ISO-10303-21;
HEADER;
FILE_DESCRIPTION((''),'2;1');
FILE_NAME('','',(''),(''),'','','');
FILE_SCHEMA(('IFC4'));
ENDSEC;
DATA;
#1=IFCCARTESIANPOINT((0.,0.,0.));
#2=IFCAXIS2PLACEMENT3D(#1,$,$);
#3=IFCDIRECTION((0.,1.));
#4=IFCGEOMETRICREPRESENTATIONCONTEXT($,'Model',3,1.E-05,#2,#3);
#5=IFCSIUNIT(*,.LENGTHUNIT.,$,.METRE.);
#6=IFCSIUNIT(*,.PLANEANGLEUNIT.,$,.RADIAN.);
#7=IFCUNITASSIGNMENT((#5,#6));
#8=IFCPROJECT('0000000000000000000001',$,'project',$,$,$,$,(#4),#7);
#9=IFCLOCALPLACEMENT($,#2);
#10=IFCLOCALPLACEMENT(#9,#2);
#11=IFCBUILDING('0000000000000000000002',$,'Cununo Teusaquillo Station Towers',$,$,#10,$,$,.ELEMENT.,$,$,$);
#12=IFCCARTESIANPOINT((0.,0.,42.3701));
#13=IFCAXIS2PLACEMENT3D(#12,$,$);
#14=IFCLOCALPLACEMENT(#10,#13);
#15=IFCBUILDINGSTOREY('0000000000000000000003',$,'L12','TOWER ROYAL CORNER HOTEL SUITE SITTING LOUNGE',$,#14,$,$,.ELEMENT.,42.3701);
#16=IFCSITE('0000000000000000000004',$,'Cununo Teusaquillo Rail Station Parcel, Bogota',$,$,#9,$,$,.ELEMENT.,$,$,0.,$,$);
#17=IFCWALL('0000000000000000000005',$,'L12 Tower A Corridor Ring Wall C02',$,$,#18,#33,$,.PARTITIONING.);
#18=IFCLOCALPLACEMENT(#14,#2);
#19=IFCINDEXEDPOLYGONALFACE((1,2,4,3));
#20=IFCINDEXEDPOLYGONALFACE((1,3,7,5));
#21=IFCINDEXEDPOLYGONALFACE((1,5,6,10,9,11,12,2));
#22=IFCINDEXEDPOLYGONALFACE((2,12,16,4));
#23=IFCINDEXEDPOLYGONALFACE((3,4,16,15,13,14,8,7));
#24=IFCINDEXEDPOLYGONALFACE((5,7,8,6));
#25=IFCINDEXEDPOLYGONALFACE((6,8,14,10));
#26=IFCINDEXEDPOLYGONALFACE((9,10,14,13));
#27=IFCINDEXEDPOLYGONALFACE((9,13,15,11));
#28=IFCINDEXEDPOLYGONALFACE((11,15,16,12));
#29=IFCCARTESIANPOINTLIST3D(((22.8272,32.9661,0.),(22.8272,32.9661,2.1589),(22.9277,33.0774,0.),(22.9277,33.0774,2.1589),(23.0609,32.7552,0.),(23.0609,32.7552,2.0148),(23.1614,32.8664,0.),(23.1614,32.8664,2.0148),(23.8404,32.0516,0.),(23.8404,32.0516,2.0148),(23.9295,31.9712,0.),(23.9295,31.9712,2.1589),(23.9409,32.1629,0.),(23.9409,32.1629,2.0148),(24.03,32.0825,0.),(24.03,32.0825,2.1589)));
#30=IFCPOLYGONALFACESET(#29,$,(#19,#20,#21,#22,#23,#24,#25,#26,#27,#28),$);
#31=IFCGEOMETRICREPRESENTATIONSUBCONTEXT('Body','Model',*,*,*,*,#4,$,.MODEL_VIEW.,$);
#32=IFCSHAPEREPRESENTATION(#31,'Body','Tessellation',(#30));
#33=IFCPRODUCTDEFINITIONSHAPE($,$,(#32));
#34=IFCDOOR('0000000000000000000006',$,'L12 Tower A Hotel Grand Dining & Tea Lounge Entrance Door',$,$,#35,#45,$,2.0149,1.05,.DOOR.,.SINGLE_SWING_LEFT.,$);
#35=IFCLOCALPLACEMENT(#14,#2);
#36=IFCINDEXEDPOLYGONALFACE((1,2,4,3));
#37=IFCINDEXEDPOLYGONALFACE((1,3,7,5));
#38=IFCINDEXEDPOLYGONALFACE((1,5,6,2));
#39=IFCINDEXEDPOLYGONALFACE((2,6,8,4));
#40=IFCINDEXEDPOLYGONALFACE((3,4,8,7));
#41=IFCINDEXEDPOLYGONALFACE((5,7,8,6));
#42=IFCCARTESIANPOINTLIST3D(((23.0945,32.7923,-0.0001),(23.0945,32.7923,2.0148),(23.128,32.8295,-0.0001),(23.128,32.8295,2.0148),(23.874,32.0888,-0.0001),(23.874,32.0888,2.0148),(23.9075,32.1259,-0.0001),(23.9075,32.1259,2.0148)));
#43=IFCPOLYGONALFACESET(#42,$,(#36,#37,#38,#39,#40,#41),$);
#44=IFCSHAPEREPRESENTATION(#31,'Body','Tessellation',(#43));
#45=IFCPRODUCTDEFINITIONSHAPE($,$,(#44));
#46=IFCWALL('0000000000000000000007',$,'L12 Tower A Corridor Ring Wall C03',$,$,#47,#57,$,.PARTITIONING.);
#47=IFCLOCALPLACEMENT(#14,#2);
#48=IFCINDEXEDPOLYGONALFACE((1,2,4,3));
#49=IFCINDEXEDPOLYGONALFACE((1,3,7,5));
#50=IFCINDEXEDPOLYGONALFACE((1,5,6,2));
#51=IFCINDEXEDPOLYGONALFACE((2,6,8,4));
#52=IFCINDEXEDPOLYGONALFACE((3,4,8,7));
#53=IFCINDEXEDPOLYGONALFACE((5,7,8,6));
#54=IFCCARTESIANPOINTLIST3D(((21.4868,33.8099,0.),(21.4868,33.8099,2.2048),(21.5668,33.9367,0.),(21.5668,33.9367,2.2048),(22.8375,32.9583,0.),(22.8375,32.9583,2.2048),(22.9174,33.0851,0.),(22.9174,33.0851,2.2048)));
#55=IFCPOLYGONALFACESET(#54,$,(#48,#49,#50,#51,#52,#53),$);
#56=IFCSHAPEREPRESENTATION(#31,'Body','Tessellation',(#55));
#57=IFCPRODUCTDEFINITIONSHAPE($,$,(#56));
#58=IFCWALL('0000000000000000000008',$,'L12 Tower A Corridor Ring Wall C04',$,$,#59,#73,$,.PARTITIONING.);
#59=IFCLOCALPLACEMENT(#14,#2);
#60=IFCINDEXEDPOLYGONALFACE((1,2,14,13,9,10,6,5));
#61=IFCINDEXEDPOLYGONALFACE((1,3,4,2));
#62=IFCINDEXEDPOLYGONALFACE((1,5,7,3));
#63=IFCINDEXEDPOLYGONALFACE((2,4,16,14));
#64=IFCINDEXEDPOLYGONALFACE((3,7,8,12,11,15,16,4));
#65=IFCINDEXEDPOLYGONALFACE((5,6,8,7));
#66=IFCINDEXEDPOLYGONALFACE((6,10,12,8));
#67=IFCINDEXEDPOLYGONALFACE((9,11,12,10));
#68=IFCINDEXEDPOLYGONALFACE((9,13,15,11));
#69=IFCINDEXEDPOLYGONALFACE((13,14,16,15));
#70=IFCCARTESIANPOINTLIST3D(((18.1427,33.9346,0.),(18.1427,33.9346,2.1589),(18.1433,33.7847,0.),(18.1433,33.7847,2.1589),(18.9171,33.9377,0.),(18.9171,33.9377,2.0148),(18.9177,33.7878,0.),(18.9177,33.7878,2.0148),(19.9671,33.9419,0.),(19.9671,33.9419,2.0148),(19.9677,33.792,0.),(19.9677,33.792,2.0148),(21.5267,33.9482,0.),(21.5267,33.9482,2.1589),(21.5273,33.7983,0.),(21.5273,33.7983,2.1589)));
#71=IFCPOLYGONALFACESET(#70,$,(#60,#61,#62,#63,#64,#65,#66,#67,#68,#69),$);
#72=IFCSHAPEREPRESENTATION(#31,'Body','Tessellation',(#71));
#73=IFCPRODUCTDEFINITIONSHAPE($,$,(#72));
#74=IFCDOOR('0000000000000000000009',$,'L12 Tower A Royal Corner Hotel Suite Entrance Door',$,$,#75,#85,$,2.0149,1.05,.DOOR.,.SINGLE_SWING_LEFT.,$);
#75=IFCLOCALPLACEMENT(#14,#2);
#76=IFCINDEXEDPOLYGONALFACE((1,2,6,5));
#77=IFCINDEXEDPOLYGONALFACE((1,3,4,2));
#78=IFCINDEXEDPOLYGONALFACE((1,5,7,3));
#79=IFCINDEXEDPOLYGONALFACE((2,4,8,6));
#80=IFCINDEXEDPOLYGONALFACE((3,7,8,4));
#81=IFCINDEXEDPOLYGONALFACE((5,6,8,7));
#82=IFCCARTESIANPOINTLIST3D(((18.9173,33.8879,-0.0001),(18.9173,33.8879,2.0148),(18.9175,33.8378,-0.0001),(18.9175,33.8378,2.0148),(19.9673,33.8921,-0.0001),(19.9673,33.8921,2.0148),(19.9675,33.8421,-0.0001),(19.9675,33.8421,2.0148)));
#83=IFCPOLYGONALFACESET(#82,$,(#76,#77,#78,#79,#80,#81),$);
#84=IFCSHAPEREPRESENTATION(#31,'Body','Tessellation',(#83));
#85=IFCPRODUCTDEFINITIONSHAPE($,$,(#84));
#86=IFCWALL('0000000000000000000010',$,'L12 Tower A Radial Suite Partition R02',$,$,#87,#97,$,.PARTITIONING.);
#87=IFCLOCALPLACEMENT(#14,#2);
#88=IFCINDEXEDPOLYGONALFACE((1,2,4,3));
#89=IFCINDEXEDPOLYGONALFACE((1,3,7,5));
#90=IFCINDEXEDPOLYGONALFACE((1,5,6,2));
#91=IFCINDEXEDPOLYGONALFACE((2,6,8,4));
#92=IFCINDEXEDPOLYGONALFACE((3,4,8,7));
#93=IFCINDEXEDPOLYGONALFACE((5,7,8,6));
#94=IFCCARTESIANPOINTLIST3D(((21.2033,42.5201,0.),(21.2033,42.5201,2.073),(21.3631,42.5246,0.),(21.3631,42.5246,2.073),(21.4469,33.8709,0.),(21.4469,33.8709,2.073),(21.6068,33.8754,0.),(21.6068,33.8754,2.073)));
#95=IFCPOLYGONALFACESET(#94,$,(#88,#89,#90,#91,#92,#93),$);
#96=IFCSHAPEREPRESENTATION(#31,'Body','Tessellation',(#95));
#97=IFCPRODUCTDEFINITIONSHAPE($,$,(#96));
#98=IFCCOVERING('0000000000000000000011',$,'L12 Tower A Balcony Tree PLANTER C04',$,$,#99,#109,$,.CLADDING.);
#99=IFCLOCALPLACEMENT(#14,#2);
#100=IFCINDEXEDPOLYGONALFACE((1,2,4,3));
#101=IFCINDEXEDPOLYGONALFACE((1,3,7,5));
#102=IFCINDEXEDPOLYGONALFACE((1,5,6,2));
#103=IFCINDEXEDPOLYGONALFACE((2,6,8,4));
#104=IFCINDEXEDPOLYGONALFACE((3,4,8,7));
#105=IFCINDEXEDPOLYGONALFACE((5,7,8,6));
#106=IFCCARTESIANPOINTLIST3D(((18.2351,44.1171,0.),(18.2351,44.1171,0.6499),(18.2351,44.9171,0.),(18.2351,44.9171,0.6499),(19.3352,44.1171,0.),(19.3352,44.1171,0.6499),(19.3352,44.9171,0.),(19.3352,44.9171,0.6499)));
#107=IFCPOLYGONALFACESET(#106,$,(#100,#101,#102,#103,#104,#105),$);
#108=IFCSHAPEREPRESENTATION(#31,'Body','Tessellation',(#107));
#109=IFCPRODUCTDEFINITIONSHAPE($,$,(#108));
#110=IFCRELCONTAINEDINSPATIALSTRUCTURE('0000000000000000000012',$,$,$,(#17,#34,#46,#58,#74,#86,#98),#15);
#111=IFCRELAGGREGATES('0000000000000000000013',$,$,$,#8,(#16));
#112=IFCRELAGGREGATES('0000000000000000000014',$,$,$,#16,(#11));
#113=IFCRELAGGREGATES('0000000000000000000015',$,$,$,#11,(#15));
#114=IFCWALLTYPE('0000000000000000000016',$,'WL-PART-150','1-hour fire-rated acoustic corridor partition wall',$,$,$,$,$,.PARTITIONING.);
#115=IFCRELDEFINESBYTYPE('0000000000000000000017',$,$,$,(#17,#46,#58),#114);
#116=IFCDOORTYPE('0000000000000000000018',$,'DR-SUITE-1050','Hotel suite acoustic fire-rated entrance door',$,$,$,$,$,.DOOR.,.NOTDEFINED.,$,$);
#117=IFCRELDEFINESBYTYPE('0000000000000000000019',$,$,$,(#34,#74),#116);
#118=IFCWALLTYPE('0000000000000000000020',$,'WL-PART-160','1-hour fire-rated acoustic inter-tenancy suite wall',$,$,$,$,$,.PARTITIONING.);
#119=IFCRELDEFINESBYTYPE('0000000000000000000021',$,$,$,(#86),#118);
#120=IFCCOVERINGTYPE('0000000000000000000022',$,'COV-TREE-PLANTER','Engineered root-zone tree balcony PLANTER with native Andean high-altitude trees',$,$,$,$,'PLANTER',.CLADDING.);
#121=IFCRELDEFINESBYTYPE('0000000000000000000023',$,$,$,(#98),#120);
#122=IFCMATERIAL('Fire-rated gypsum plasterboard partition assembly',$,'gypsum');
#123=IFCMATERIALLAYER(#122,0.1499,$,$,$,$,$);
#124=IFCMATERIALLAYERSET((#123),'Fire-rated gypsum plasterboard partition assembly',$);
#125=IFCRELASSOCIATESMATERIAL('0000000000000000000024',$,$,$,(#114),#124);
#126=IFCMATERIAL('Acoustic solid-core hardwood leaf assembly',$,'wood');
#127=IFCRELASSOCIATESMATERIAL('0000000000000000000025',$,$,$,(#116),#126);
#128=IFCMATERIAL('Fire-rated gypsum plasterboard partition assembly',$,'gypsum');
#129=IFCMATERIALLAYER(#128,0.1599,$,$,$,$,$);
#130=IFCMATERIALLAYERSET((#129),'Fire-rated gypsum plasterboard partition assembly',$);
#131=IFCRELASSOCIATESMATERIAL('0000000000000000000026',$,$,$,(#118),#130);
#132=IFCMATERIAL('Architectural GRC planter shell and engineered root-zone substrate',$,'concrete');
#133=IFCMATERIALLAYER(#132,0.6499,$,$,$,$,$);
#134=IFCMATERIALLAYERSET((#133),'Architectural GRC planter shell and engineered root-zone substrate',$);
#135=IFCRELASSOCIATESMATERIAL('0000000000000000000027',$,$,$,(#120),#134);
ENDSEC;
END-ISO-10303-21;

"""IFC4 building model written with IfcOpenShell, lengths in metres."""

from ifc_helpers import new_model, si_unit, direction, frame, frame_2d, origin, origin_2d, place, context, subcontext, project, spatial, rectangle, extrude, source, transform, mapped, material, layer, layer_set, type_object, element, fill, save


model = new_model("IFC4")

# Units and contexts
model_context = context("Model", 3, precision=1e-05, world=origin(), true_north=direction((0.0, 1.0)))
body_context = subcontext(model_context, "Body", "Model", "MODEL_VIEW")
ifc_project = project(units=[si_unit("LENGTHUNIT", "METRE"), si_unit("PLANEANGLEUNIT", "RADIAN")], contexts=[model_context])

# Site, building, storey
site_placement = place(None, origin())
site = spatial("IfcSite", under=ifc_project, at=site_placement, Name="Cununo Teusaquillo Rail Station Parcel, Bogota", CompositionType="ELEMENT", RefElevation=0.0)
building_placement = place(site_placement, origin())
building = spatial("IfcBuilding", under=site, at=building_placement, Name="Cununo Teusaquillo Station Towers", CompositionType="ELEMENT")
storey_placement = place(building_placement, frame((0.0, 0.0, 42.3701)))
storey = spatial("IfcBuildingStorey", under=building, at=storey_placement, Name="L12", Description="TOWER ROYAL CORNER HOTEL SUITE SITTING LOUNGE", CompositionType="ELEMENT", Elevation=42.3701)

# Shared definitions
ifc_material_1 = material(Name="Fire-rated gypsum plasterboard partition assembly", Category="gypsum")
ifc_layer_1 = layer(ifc_material_1, 0.1499)
ifc_layer_set_1 = layer_set([ifc_layer_1], Name="Fire-rated gypsum plasterboard partition assembly")
wall_type_1 = type_object("IfcWallType", Name="WL-PART-150", Description="1-hour fire-rated acoustic corridor partition wall", PredefinedType="PARTITIONING", material=ifc_layer_set_1)

# Wall, opening, door
wall_1_placement = place(storey_placement, frame((23.9797, 32.0269, 0.0), z_axis=(0.0, 0.0, 1.0), x_axis=(-0.742353, 0.670009, 0.0)))
wall_1 = element("IfcWall", 1, at=wall_1_placement, inside=storey, type_object=wall_type_1, Name="L12 Tower A Corridor Ring Wall C02", PredefinedType="PARTITIONING", context=body_context, shape_type="SweptSolid", body=[
    extrude(rectangle(XDim=1.4849, YDim=0.1499, at=frame_2d((0.7424, 0.0))), origin(), (0.0, 0.0, 1.0), 2.1589),
])
shared_shape_1 = source(origin(), body_context, "Body", "SweptSolid", [
    extrude(rectangle(XDim=1.05, YDim=2.0149, at=frame_2d((0.5249, 1.0073))), frame((0.0, 0.085, 0.0), z_axis=(0.0, -1.0, 0.0), x_axis=(1.0, 0.0, 0.0)), (0.0, 0.0, 1.0), 0.1699),
])
opening_1_placement = place(wall_1_placement, frame((0.1201, 0.0, 0.0)))
opening_1 = element("IfcOpeningElement", 2, at=opening_1_placement, cuts=wall_1, PredefinedType="OPENING", context=body_context, shape_type="MappedRepresentation", body=[
    mapped(shared_shape_1, transform((0.0, 0.0, 0.0), x_axis=(1.0, 0.0, 0.0), y_axis=(0.0, 1.0, 0.0), z_axis=(0.0, 0.0, 1.0), scale=1.0)),
])
ifc_material_2 = material(Name="Acoustic solid-core hardwood leaf assembly", Category="wood")
door_type = type_object("IfcDoorType", Name="DR-SUITE-1050", Description="Hotel suite acoustic fire-rated entrance door", OperationType="NOTDEFINED", PredefinedType="DOOR", material=ifc_material_2)
shared_shape_2 = source(origin(), body_context, "Body", "SweptSolid", [
    extrude(rectangle(XDim=1.05, YDim=2.0149, at=frame_2d((0.5249, 1.0073))), frame((0.0, 0.0249, 0.0), z_axis=(0.0, -1.0, 0.0), x_axis=(1.0, 0.0, 0.0)), (0.0, 0.0, 1.0), 0.05),
])
door_1_placement = place(opening_1_placement, origin())
door_1 = element("IfcDoor", 3, at=door_1_placement, inside=storey, type_object=door_type, Name="L12 Tower A Hotel Grand Dining & Tea Lounge Entrance Door", OperationType="SINGLE_SWING_LEFT", OverallHeight=2.0149, OverallWidth=1.05, PredefinedType="DOOR", context=body_context, shape_type="MappedRepresentation", body=[
    mapped(shared_shape_2, transform((0.0, 0.0, 0.0), x_axis=(1.0, 0.0, 0.0), y_axis=(0.0, 1.0, 0.0), z_axis=(0.0, 0.0, 1.0), scale=1.0)),
])
fill(opening_1, door_1)

# Wall
wall_2_placement = place(storey_placement, frame((22.8774, 33.0217, 0.0), z_axis=(0.0, 0.0, 1.0), x_axis=(-0.845896, 0.533348, 0.0)))
element("IfcWall", 4, at=wall_2_placement, inside=storey, type_object=wall_type_1, Name="L12 Tower A Corridor Ring Wall C03", PredefinedType="PARTITIONING", context=body_context, shape_type="SweptSolid", body=[
    extrude(rectangle(XDim=1.5967, YDim=0.1499, at=frame_2d((0.7983, 0.0))), origin(), (0.0, 0.0, 1.0), 2.2048),
])

# Wall, opening, door
wall_3_placement = place(storey_placement, frame((21.5269, 33.8733, 0.0), z_axis=(0.0, 0.0, 1.0), x_axis=(-0.999992, -0.00404, 0.0)))
wall_3 = element("IfcWall", 5, at=wall_3_placement, inside=storey, type_object=wall_type_1, Name="L12 Tower A Corridor Ring Wall C04", PredefinedType="PARTITIONING", context=body_context, shape_type="SweptSolid", body=[
    extrude(rectangle(XDim=3.384, YDim=0.1499, at=frame_2d((1.6919, 0.0))), origin(), (0.0, 0.0, 1.0), 2.1589),
])
opening_2_placement = place(wall_3_placement, frame((1.5596, 0.0, 0.0)))
opening_2 = element("IfcOpeningElement", 6, at=opening_2_placement, cuts=wall_3, PredefinedType="OPENING", context=body_context, shape_type="MappedRepresentation", body=[
    mapped(shared_shape_1, transform((0.0, 0.0, 0.0), x_axis=(1.0, 0.0, 0.0), y_axis=(0.0, 1.0, 0.0), z_axis=(0.0, 0.0, 1.0), scale=1.0)),
])
door_2_placement = place(opening_2_placement, origin())
door_2 = element("IfcDoor", 7, at=door_2_placement, inside=storey, type_object=door_type, Name="L12 Tower A Royal Corner Hotel Suite Entrance Door", OperationType="SINGLE_SWING_LEFT", OverallHeight=2.0149, OverallWidth=1.05, PredefinedType="DOOR", context=body_context, shape_type="MappedRepresentation", body=[
    mapped(shared_shape_2, transform((0.0, 0.0, 0.0), x_axis=(1.0, 0.0, 0.0), y_axis=(0.0, 1.0, 0.0), z_axis=(0.0, 0.0, 1.0), scale=1.0)),
])
fill(opening_2, door_2)

# Wall
ifc_material_3 = material(Name="Fire-rated gypsum plasterboard partition assembly", Category="gypsum")
ifc_layer_2 = layer(ifc_material_3, 0.1599)
ifc_layer_set_2 = layer_set([ifc_layer_2], Name="Fire-rated gypsum plasterboard partition assembly")
wall_type_2 = type_object("IfcWallType", Name="WL-PART-160", Description="1-hour fire-rated acoustic inter-tenancy suite wall", PredefinedType="PARTITIONING", material=ifc_layer_set_2)
wall_4_placement = place(storey_placement, frame((21.5269, 33.8733, 0.0), z_axis=(0.0, 0.0, 1.0), x_axis=(-0.028159, 0.999603, 0.0)))
element("IfcWall", 8, at=wall_4_placement, inside=storey, type_object=wall_type_2, Name="L12 Tower A Radial Suite Partition R02", PredefinedType="PARTITIONING", context=body_context, shape_type="SweptSolid", body=[
    extrude(rectangle(XDim=8.6526, YDim=0.1599, at=frame_2d((4.3262, 0.0))), origin(), (0.0, 0.0, 1.0), 2.073),
])

# Covering
ifc_material_4 = material(Name="Architectural GRC planter shell and engineered root-zone substrate", Category="concrete")
ifc_layer_3 = layer(ifc_material_4, 0.6499)
ifc_layer_set_3 = layer_set([ifc_layer_3], Name="Architectural GRC planter shell and engineered root-zone substrate")
covering_type = type_object("IfcCoveringType", Name="COV-TREE-PLANTER", Description="Engineered root-zone tree balcony PLANTER with native Andean high-altitude trees", ElementType="PLANTER", PredefinedType="CLADDING", material=ifc_layer_set_3)
shared_shape_3 = source(origin(), body_context, "Body", "SweptSolid", [
    extrude(rectangle(XDim=1.1001, YDim=0.8, at=origin_2d()), origin(), (0.0, 0.0, 1.0), 0.6499),
])
covering_placement = place(storey_placement, frame((18.7852, 44.5171, 0.0), z_axis=(0.0, 0.0, 1.0), x_axis=(1.0, 0.0, 0.0)))
element("IfcCovering", 9, at=covering_placement, inside=storey, type_object=covering_type, Name="L12 Tower A Balcony Tree PLANTER C04", PredefinedType="CLADDING", context=body_context, shape_type="MappedRepresentation", body=[
    mapped(shared_shape_3, transform((0.0, 0.0, 0.0), x_axis=(1.0, 0.0, 0.0), y_axis=(0.0, 1.0, 0.0), z_axis=(0.0, 0.0, 1.0), scale=1.0)),
])

save(model, "model.ifc")
